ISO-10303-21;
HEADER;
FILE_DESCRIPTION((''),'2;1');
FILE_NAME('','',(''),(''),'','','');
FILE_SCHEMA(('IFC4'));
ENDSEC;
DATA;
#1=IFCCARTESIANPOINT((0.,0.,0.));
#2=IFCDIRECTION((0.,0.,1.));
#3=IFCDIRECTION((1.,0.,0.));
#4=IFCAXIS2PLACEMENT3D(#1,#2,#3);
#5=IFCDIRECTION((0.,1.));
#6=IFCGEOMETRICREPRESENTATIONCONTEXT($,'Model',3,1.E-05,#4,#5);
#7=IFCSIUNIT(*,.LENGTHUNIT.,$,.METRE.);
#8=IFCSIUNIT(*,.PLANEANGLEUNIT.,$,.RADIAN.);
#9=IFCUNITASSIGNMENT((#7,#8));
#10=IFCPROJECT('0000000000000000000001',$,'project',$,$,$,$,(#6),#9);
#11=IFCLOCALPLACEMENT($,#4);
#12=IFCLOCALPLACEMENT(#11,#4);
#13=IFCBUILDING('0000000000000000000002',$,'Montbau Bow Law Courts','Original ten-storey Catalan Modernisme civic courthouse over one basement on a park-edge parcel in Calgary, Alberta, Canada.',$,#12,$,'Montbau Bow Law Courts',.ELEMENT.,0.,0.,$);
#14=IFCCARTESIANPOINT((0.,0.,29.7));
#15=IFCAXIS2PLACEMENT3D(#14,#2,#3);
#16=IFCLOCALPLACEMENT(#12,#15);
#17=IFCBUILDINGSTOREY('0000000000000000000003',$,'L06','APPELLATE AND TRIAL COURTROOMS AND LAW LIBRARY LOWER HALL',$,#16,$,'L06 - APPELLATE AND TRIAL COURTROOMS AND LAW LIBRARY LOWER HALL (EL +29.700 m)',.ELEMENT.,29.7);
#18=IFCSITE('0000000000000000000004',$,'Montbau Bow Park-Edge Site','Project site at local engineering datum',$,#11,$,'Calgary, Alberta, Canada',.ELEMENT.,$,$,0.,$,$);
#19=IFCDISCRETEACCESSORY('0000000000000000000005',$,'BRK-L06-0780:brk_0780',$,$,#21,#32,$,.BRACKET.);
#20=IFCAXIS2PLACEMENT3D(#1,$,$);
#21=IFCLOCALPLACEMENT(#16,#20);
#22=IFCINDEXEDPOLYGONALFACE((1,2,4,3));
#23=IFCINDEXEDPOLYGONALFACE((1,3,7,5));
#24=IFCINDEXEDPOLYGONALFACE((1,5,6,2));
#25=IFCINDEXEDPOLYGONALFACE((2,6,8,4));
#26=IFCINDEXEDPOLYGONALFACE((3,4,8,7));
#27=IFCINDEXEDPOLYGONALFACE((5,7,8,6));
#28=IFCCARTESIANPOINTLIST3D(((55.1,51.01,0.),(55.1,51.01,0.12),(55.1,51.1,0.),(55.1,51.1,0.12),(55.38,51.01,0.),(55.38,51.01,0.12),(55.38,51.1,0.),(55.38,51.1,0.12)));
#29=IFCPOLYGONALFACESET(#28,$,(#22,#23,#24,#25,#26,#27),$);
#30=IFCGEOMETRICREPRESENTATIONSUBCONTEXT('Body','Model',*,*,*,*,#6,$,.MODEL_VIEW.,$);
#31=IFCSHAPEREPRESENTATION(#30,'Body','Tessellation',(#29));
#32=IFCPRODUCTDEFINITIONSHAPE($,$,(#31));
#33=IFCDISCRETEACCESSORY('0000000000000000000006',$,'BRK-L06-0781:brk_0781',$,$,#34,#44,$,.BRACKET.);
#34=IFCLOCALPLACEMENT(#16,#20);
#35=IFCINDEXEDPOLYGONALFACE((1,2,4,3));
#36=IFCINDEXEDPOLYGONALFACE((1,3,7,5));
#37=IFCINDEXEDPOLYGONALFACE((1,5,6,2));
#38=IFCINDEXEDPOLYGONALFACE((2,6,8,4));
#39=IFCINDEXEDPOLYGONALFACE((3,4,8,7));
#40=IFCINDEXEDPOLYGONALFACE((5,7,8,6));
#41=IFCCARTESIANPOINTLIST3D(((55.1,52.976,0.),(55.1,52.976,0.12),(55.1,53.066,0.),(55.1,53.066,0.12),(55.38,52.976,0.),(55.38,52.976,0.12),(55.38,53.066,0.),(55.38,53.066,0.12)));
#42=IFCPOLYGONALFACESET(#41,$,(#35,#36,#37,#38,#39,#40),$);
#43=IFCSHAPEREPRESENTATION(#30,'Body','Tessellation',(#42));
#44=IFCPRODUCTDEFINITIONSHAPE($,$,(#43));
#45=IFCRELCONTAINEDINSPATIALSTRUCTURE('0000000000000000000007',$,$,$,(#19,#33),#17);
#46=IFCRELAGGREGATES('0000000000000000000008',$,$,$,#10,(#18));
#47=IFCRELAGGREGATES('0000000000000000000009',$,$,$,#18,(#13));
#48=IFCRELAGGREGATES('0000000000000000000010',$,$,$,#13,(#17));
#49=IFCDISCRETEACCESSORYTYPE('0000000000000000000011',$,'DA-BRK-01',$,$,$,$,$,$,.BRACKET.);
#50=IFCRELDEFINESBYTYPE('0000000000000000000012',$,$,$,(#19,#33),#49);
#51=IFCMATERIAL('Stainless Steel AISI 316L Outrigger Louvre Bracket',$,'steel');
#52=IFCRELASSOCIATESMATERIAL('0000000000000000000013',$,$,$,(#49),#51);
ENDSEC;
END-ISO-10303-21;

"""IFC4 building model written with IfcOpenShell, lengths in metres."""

from ifc_helpers import new_model, si_unit, direction, frame, origin_with_axes, origin_2d_with_axis, place, context, subcontext, project, spatial, rectangle, extrude, material, type_object, element, save


model = new_model("IFC4")

# Units and contexts
model_context = context("Model", 3, precision=1e-05, world=origin_with_axes(), true_north=direction((0.0, 1.0)))
body_context = subcontext(model_context, "Body", "Model", "MODEL_VIEW")
ifc_project = project(units=[si_unit("LENGTHUNIT", "METRE"), si_unit("PLANEANGLEUNIT", "RADIAN")], contexts=[model_context])

# Site, building, storey
site_placement = place(None, origin_with_axes())
site = spatial("IfcSite", under=ifc_project, at=site_placement, Name="Montbau Bow Park-Edge Site", Description="Project site at local engineering datum", LongName="Calgary, Alberta, Canada", CompositionType="ELEMENT", RefElevation=0.0)
building_placement = place(site_placement, origin_with_axes())
building = spatial("IfcBuilding", under=site, at=building_placement, Name="Montbau Bow Law Courts", Description="Original ten-storey Catalan Modernisme civic courthouse over one basement on a park-edge parcel in Calgary, Alberta, Canada.", LongName="Montbau Bow Law Courts", CompositionType="ELEMENT", ElevationOfRefHeight=0.0, ElevationOfTerrain=0.0)
storey_placement = place(building_placement, frame((0.0, 0.0, 29.7), z_axis=(0.0, 0.0, 1.0), x_axis=(1.0, 0.0, 0.0)))
storey = spatial("IfcBuildingStorey", under=building, at=storey_placement, Name="L06", Description="APPELLATE AND TRIAL COURTROOMS AND LAW LIBRARY LOWER HALL", LongName="L06 - APPELLATE AND TRIAL COURTROOMS AND LAW LIBRARY LOWER HALL (EL +29.700 m)", CompositionType="ELEMENT", Elevation=29.7)

# Discrete accessories
ifc_material_1 = material(Name="Stainless Steel AISI 316L Outrigger Louvre Bracket", Category="steel")
discrete_accessory_type = type_object("IfcDiscreteAccessoryType", Name="DA-BRK-01", PredefinedType="BRACKET", material=ifc_material_1)
for number, where, z_axis, x_axis, name in (
    (1, (55.24, 51.055, 29.7), (0.0, 0.0, 1.0), (-1.0, 0.0, 0.0), "BRK-L06-0780:brk_0780"),
    (2, (55.24, 53.021, 29.7), (0.0, 0.0, 1.0), (-1.0, 0.0, 0.0), "BRK-L06-0781:brk_0781"),
):
    element("IfcDiscreteAccessory", number, at=place(None, frame(where, z_axis=z_axis, x_axis=x_axis)), inside=storey, type_object=discrete_accessory_type, Name=name, PredefinedType="BRACKET", context=body_context, shape_type="SweptSolid", body=[
        extrude(rectangle(XDim=0.28, YDim=0.09, at=origin_2d_with_axis()), origin_with_axes(), (0.0, 0.0, 1.0), 0.12),
    ])

save(model, "model.ifc")
